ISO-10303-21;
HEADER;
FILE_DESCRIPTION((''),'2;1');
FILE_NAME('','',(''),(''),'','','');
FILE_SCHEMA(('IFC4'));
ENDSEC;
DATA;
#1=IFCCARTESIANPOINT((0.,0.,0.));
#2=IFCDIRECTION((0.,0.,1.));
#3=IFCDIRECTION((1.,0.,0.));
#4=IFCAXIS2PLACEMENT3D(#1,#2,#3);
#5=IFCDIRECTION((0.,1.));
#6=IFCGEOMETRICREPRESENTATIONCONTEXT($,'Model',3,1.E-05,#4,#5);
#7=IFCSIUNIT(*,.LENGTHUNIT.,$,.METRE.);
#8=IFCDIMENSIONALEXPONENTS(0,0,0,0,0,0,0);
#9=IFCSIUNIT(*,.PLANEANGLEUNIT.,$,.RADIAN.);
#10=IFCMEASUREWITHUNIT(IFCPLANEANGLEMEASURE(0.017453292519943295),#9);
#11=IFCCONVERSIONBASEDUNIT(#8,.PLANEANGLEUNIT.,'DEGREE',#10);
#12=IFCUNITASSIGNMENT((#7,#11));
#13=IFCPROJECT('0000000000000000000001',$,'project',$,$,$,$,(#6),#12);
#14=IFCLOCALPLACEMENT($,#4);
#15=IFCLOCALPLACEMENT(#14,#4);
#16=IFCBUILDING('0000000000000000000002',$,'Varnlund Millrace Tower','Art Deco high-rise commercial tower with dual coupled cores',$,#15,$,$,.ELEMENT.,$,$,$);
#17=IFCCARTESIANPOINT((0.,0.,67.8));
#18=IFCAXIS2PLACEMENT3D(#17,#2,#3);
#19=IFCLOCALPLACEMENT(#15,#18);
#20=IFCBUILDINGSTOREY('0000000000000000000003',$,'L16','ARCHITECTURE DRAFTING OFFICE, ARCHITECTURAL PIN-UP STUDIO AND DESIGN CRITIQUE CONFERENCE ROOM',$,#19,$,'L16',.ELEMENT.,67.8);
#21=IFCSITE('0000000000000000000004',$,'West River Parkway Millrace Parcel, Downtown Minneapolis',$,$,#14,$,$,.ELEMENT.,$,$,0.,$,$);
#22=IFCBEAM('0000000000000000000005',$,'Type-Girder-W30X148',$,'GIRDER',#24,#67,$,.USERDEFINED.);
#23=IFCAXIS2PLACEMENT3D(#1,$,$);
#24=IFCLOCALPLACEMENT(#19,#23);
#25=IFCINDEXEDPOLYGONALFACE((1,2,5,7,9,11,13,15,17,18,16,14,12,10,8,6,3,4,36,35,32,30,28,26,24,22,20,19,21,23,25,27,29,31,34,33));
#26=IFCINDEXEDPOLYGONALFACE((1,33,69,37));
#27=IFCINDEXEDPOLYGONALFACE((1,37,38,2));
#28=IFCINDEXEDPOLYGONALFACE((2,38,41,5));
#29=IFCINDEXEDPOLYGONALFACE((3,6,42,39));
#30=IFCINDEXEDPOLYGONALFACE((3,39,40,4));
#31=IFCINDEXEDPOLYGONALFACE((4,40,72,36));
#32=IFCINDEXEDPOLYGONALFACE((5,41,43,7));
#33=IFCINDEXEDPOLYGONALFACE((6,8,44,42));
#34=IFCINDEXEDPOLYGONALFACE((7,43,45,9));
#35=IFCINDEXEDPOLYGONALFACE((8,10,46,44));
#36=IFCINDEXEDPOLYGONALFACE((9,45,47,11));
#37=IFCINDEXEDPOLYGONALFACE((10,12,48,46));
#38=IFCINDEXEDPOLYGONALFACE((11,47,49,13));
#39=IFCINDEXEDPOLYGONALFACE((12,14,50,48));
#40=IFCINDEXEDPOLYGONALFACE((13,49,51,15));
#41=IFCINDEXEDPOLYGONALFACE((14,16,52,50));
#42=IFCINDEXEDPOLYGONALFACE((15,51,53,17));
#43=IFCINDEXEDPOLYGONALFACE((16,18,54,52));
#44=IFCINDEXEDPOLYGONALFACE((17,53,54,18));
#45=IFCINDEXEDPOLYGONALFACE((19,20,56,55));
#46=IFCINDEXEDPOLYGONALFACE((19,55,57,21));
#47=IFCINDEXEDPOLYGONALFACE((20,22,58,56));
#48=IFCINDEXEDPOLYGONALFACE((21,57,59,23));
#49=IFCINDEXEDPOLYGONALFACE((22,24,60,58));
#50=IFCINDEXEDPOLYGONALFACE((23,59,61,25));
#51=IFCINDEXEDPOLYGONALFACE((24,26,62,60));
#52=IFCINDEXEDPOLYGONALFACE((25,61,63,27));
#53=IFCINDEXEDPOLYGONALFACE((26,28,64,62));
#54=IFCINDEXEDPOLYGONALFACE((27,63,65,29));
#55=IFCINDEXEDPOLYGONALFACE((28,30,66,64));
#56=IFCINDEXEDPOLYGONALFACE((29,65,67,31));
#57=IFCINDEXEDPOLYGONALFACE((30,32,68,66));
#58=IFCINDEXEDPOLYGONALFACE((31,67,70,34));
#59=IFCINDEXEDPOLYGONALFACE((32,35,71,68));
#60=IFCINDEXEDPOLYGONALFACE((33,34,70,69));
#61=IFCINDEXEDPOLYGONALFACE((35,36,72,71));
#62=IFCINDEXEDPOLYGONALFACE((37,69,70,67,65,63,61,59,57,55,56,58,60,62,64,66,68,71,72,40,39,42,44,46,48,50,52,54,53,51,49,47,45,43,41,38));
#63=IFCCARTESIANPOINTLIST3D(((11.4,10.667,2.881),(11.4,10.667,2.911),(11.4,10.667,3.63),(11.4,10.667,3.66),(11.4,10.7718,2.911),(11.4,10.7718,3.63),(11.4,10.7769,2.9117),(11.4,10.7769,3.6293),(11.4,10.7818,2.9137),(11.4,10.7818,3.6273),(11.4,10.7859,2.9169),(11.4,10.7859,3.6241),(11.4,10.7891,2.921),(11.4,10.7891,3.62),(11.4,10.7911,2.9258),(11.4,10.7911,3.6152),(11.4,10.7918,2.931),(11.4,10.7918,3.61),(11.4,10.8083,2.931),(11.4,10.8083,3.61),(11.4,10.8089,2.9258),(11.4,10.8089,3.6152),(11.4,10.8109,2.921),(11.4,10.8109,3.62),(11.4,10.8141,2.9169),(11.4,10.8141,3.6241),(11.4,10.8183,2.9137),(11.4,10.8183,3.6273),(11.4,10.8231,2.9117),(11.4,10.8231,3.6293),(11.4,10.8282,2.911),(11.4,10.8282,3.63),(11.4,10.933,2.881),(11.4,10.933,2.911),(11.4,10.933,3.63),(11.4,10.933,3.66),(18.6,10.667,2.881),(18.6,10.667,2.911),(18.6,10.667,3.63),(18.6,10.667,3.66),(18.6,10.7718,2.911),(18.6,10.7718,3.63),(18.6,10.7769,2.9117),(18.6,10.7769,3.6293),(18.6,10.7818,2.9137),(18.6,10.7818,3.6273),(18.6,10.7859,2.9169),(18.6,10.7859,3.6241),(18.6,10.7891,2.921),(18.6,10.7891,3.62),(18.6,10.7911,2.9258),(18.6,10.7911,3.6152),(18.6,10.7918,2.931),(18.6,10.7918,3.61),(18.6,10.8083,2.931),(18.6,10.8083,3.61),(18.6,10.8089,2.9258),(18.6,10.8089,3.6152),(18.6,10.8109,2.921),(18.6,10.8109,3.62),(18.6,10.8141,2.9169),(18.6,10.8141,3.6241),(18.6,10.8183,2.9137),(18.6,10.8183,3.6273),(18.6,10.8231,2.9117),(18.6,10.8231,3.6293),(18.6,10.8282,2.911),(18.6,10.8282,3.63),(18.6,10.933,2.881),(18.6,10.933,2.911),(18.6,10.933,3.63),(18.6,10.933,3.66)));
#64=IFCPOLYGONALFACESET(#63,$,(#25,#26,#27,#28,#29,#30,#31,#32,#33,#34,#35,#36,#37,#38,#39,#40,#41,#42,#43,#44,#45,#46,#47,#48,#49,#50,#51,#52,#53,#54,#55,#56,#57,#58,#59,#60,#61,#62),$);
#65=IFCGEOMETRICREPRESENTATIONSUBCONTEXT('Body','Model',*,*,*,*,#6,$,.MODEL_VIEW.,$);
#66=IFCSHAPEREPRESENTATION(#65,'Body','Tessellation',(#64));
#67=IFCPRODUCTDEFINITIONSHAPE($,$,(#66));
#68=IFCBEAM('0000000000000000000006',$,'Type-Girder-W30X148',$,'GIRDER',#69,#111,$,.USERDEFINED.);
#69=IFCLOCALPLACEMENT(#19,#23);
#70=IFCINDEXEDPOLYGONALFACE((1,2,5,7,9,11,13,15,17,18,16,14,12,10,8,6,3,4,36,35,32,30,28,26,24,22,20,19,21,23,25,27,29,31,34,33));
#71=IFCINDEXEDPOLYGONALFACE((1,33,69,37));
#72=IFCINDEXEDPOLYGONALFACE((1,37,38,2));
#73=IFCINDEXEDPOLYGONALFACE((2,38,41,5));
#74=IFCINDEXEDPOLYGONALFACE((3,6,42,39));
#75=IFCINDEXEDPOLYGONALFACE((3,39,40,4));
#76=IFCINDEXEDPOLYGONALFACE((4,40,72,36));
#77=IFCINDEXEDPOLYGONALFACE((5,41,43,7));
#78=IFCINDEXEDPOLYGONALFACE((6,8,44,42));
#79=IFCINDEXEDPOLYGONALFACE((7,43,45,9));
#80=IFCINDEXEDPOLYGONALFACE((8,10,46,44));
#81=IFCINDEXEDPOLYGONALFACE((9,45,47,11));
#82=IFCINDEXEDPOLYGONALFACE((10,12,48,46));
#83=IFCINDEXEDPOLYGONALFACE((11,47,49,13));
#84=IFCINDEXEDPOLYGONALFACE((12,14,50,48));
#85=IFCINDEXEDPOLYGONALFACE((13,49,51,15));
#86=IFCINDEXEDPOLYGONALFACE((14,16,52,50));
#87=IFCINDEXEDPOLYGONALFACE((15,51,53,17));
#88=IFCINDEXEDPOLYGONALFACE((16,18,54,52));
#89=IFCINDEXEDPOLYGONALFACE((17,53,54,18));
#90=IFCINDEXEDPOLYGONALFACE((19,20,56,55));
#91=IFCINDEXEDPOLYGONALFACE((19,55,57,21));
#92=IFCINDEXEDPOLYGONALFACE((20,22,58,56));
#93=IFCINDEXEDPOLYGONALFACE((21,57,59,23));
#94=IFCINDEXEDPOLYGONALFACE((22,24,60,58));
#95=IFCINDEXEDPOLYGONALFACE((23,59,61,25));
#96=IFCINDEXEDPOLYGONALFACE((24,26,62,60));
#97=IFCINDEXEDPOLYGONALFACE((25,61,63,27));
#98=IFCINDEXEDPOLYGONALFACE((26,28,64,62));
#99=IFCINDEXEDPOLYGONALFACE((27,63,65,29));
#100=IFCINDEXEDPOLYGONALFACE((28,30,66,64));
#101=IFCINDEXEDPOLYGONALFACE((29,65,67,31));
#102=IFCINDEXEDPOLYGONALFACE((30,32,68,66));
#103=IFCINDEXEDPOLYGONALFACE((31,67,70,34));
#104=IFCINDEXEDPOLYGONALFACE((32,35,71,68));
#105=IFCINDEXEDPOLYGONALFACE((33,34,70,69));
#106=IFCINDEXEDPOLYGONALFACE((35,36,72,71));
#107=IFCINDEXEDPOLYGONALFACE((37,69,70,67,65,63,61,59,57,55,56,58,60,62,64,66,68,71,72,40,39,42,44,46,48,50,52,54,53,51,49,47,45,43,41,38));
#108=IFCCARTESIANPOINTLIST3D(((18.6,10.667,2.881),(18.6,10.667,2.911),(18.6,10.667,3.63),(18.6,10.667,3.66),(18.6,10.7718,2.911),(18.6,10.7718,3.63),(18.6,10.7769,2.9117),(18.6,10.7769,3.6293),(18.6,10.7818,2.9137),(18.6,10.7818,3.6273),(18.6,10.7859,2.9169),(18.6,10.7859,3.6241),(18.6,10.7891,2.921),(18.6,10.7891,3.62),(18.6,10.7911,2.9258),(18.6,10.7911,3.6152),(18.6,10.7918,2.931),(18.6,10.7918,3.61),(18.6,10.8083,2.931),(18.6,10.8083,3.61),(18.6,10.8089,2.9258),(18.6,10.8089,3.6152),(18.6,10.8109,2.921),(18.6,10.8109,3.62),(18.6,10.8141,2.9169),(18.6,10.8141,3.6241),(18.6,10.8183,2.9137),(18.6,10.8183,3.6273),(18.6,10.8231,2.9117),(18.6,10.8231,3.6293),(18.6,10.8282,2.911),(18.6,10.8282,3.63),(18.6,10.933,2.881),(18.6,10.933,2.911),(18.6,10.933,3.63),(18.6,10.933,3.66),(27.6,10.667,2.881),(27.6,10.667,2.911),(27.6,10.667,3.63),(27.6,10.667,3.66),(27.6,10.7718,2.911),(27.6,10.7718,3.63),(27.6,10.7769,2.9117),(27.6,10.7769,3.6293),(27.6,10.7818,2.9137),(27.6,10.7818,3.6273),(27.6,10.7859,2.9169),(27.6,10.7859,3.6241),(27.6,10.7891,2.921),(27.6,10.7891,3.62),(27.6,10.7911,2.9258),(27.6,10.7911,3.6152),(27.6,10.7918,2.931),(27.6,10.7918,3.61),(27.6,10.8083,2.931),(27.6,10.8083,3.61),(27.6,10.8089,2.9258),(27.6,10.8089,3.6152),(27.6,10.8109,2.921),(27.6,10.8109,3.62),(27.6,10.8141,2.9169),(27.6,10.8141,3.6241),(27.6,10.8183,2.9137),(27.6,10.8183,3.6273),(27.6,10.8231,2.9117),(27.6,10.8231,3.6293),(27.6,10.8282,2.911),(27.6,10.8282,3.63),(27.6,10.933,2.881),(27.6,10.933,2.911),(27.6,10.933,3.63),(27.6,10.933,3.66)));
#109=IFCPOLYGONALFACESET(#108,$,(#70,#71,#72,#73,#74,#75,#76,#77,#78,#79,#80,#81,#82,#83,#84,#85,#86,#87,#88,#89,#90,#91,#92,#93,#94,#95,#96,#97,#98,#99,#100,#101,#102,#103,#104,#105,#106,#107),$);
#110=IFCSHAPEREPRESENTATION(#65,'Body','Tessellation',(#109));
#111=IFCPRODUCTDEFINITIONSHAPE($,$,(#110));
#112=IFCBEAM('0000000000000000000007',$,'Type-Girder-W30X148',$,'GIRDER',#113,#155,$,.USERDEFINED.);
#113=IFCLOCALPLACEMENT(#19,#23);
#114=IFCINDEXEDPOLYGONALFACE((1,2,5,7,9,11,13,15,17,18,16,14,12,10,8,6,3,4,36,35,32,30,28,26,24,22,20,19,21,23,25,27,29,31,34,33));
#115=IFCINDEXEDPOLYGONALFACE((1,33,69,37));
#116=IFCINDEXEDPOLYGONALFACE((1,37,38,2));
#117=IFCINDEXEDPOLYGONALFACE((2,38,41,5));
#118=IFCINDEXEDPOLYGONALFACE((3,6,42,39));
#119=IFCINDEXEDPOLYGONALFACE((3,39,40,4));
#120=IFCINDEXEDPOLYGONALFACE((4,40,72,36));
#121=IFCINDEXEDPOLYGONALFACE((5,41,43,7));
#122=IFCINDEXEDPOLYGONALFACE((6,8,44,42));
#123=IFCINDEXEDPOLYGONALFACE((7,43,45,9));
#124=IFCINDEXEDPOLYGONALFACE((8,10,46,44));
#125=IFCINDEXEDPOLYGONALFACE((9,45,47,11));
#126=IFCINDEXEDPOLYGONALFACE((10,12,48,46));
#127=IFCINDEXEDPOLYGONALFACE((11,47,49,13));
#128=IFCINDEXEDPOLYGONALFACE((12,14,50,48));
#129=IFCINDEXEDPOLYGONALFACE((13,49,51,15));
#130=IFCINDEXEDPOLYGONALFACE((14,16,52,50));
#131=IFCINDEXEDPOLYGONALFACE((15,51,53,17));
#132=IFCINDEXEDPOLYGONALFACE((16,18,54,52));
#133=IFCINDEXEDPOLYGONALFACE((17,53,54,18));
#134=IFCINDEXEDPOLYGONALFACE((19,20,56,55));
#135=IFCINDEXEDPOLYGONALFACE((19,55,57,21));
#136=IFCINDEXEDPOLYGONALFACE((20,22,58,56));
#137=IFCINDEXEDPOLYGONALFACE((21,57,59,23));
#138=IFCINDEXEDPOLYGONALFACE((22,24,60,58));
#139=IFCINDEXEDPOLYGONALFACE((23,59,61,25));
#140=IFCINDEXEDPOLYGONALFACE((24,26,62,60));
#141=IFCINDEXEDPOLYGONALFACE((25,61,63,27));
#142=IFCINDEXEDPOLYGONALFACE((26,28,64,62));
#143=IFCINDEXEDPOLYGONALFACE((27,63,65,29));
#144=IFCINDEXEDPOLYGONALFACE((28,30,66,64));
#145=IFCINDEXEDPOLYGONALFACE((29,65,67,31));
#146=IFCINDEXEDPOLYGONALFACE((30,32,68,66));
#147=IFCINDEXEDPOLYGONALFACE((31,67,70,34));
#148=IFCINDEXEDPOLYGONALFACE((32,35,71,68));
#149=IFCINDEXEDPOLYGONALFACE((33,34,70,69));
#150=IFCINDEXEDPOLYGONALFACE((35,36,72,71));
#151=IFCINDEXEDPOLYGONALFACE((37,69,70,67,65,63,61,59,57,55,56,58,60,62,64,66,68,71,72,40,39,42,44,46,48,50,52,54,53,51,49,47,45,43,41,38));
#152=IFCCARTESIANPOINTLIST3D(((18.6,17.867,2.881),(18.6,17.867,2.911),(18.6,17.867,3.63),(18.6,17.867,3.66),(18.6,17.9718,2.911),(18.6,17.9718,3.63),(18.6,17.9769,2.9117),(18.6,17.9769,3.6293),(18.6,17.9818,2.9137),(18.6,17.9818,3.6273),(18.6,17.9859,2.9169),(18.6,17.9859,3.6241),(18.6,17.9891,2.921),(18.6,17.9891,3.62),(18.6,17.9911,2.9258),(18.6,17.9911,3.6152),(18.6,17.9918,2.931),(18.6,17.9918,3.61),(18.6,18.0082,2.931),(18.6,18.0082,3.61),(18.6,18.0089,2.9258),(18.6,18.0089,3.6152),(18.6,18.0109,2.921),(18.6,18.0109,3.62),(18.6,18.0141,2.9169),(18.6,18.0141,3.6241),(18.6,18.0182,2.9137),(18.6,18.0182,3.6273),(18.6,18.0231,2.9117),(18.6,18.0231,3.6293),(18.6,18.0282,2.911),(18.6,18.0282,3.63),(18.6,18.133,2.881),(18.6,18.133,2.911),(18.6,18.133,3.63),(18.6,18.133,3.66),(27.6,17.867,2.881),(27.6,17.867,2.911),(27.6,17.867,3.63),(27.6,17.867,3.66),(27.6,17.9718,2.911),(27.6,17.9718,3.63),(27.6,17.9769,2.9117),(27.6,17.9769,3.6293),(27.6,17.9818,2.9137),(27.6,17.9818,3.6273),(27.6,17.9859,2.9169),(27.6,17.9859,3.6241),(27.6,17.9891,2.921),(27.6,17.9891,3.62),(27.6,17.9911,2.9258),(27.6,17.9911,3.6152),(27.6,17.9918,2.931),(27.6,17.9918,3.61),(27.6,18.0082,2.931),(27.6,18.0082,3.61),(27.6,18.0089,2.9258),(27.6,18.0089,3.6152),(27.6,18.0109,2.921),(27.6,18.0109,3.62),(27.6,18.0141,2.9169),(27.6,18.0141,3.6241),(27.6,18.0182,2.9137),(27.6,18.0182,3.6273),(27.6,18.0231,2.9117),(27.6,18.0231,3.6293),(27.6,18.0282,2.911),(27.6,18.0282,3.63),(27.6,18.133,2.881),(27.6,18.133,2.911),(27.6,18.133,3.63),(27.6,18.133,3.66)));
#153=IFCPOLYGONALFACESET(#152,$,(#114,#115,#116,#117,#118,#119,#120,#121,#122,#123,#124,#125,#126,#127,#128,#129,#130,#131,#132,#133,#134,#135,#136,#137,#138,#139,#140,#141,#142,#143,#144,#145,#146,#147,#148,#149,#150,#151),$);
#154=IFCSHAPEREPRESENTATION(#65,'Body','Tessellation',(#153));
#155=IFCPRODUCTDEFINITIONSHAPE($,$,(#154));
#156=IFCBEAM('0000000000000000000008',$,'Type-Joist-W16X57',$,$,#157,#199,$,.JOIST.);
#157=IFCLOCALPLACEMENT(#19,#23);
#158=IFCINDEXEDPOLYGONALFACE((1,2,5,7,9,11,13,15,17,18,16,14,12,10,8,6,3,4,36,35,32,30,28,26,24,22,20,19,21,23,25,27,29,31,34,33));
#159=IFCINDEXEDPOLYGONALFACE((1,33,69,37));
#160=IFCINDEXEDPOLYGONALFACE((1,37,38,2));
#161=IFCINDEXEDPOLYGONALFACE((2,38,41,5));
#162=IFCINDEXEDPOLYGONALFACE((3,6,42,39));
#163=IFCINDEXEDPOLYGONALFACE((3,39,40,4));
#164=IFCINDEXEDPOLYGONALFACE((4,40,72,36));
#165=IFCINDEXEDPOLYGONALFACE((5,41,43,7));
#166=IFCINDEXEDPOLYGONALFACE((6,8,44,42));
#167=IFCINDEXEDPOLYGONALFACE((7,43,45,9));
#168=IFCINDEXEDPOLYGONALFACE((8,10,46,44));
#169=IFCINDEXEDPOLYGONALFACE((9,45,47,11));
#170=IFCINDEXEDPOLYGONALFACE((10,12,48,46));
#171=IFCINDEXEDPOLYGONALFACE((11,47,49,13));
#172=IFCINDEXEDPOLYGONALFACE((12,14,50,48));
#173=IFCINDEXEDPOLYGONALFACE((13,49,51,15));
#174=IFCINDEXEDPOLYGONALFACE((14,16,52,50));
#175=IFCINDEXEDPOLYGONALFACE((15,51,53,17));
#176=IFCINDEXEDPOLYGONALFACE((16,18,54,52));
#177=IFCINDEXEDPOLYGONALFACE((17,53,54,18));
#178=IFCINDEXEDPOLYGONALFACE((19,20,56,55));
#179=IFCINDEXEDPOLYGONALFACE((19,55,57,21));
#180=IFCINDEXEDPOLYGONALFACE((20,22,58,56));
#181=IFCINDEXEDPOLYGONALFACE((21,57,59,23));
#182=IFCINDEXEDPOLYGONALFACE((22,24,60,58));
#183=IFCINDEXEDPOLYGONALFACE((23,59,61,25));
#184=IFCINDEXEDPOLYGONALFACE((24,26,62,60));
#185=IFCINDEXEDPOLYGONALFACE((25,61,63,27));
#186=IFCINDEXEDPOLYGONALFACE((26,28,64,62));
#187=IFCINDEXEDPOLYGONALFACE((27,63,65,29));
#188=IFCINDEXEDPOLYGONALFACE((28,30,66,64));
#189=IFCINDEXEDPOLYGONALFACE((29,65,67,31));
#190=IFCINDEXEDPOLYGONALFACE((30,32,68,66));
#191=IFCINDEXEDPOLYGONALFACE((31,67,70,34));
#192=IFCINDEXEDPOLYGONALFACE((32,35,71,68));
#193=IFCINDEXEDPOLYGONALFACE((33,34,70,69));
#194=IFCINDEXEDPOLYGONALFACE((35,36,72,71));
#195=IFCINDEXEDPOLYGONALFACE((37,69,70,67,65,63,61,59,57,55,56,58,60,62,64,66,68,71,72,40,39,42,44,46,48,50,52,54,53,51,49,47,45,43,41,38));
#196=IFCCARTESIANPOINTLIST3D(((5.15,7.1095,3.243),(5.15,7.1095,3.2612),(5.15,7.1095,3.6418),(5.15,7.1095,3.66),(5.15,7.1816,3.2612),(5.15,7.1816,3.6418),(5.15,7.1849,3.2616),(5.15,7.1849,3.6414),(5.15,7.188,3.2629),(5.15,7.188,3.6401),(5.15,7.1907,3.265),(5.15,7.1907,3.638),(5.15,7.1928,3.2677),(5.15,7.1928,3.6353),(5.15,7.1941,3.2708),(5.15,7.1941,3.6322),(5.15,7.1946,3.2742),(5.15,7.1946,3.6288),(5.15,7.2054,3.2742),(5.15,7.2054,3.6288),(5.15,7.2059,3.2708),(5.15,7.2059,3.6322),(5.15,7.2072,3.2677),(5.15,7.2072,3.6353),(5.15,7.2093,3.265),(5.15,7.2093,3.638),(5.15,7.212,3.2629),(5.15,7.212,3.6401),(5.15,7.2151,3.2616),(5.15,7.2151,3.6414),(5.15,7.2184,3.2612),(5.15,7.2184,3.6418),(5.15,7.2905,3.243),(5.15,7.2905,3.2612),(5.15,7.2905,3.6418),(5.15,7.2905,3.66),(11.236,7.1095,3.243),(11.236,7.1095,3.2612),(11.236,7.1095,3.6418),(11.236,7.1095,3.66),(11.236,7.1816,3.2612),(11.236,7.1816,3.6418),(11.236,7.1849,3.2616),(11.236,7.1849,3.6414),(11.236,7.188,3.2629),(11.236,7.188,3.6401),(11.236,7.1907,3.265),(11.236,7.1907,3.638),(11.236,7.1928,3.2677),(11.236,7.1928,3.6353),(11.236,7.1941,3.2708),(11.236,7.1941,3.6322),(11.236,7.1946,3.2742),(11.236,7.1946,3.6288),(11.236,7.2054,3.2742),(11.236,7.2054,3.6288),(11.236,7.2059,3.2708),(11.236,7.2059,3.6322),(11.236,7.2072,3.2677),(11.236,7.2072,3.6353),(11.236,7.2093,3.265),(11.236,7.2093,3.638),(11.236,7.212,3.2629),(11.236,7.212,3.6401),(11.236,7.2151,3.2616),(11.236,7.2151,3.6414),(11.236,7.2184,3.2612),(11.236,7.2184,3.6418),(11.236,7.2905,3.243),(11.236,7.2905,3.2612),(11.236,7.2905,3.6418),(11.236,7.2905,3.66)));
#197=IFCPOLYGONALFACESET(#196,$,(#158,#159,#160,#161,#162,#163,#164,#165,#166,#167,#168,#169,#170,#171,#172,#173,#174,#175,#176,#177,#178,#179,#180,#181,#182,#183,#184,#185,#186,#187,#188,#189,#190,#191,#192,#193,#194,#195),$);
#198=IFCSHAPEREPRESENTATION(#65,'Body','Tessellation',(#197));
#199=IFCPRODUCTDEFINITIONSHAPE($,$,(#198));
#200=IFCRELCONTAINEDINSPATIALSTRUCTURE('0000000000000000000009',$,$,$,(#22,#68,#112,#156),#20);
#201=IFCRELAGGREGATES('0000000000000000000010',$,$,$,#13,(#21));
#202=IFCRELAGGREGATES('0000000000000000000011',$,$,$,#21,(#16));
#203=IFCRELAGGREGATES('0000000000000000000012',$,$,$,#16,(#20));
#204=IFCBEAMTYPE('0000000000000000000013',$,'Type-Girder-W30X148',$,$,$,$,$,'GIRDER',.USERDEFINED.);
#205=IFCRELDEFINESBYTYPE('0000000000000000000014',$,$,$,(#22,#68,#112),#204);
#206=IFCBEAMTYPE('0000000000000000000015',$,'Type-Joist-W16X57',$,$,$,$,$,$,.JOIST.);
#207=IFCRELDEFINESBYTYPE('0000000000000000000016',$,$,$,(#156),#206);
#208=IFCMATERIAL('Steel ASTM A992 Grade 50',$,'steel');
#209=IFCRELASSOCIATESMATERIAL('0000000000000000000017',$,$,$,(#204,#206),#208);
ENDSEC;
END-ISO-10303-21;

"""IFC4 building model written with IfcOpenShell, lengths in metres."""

from ifc_helpers import new_model, entity, si_unit, converted_unit, direction, frame, origin_with_axes, origin_2d_with_axis, place, context, subcontext, project, spatial, i_section, extrude, material, material_profile, profile_set, type_object, element, save


model = new_model("IFC4")

# Units and contexts
model_context = context("Model", 3, precision=1e-05, world=origin_with_axes(), true_north=direction((0.0, 1.0)))
body_context = subcontext(model_context, "Body", "Model", "MODEL_VIEW")
ifc_project = project(units=[si_unit("LENGTHUNIT", "METRE"), converted_unit("PLANEANGLEUNIT", "DEGREE", entity("IfcPlaneAngleMeasure", 0.017453292519943295), si_unit("PLANEANGLEUNIT", "RADIAN"), dimensions=[0, 0, 0, 0, 0, 0, 0])], contexts=[model_context])

# Site, building, storey
site_placement = place(None, origin_with_axes())
site = spatial("IfcSite", under=ifc_project, at=site_placement, Name="West River Parkway Millrace Parcel, Downtown Minneapolis", CompositionType="ELEMENT", RefElevation=0.0)
building_placement = place(site_placement, origin_with_axes())
building = spatial("IfcBuilding", under=site, at=building_placement, Name="Varnlund Millrace Tower", Description="Art Deco high-rise commercial tower with dual coupled cores", CompositionType="ELEMENT")
storey_placement = place(building_placement, frame((0.0, 0.0, 67.8), z_axis=(0.0, 0.0, 1.0), x_axis=(1.0, 0.0, 0.0)))
storey = spatial("IfcBuildingStorey", under=building, at=storey_placement, Name="L16", Description="ARCHITECTURE DRAFTING OFFICE, ARCHITECTURAL PIN-UP STUDIO AND DESIGN CRITIQUE CONFERENCE ROOM", LongName="L16", CompositionType="ELEMENT", Elevation=67.8)

# Beams
ifc_material_1 = material(Name="Steel ASTM A992 Grade 50", Category="steel")
ifc_material_profile_1 = material_profile(ifc_material_1, i_section(OverallWidth=0.266, OverallDepth=0.779, WebThickness=0.0165, FlangeThickness=0.03, FilletRadius=0.02, at=origin_2d_with_axis()), Name="Steel ASTM A992 Grade 50")
ifc_profile_set_1 = profile_set([ifc_material_profile_1], Name="Steel ASTM A992 Grade 50")
beam_type_1 = type_object("IfcBeamType", Name="Type-Girder-W30X148", ElementType="GIRDER", PredefinedType="USERDEFINED", material=ifc_profile_set_1)
beam_1_placement = place(storey_placement, frame((11.4, 10.8, 3.2705), z_axis=(1.0, 0.0, 0.0), x_axis=(0.0, 1.0, 0.0)))
element("IfcBeam", 1, at=beam_1_placement, inside=storey, type_object=beam_type_1, Name="Type-Girder-W30X148", ObjectType="GIRDER", PredefinedType="USERDEFINED", context=body_context, shape_type="SweptSolid", body=[
    extrude(i_section(OverallWidth=0.266, OverallDepth=0.779, WebThickness=0.0165, FlangeThickness=0.03, FilletRadius=0.02, at=origin_2d_with_axis()), origin_with_axes(), (0.0, 0.0, 1.0), 7.2),
])
for number, where, z_axis, x_axis, name in (
    (2, (18.6, 10.8, 3.2705), (1.0, 0.0, 0.0), (0.0, 1.0, 0.0), "Type-Girder-W30X148"),
    (3, (18.6, 18.0, 3.2705), (1.0, 0.0, 0.0), (0.0, 1.0, 0.0), "Type-Girder-W30X148"),
):
    element("IfcBeam", number, at=place(storey_placement, frame(where, z_axis=z_axis, x_axis=x_axis)), inside=storey, type_object=beam_type_1, Name=name, ObjectType="GIRDER", PredefinedType="USERDEFINED", context=body_context, shape_type="SweptSolid", body=[
        extrude(i_section(OverallWidth=0.266, OverallDepth=0.779, WebThickness=0.0165, FlangeThickness=0.03, FilletRadius=0.02, at=origin_2d_with_axis()), origin_with_axes(), (0.0, 0.0, 1.0), 9.0),
    ])
ifc_material_profile_2 = material_profile(ifc_material_1, i_section(OverallWidth=0.181, OverallDepth=0.417, WebThickness=0.0109, FlangeThickness=0.0182, FilletRadius=0.013, at=origin_2d_with_axis()), Name="Steel ASTM A992 Grade 50")
ifc_profile_set_2 = profile_set([ifc_material_profile_2], Name="Steel ASTM A992 Grade 50")
beam_type_2 = type_object("IfcBeamType", Name="Type-Joist-W16X57", PredefinedType="JOIST", material=ifc_profile_set_2)
for number, where, z_axis, x_axis, name in (
    (4, (5.15, 7.2, 3.4515), (1.0, 0.0, 0.0), (0.0, 1.0, 0.0), "Type-Joist-W16X57"),
):
    element("IfcBeam", number, at=place(storey_placement, frame(where, z_axis=z_axis, x_axis=x_axis)), inside=storey, type_object=beam_type_2, Name=name, PredefinedType="JOIST", context=body_context, shape_type="SweptSolid", body=[
        extrude(i_section(OverallWidth=0.181, OverallDepth=0.417, WebThickness=0.0109, FlangeThickness=0.0182, FilletRadius=0.013, at=origin_2d_with_axis()), origin_with_axes(), (0.0, 0.0, 1.0), 6.086),
    ])

save(model, "model.ifc")
